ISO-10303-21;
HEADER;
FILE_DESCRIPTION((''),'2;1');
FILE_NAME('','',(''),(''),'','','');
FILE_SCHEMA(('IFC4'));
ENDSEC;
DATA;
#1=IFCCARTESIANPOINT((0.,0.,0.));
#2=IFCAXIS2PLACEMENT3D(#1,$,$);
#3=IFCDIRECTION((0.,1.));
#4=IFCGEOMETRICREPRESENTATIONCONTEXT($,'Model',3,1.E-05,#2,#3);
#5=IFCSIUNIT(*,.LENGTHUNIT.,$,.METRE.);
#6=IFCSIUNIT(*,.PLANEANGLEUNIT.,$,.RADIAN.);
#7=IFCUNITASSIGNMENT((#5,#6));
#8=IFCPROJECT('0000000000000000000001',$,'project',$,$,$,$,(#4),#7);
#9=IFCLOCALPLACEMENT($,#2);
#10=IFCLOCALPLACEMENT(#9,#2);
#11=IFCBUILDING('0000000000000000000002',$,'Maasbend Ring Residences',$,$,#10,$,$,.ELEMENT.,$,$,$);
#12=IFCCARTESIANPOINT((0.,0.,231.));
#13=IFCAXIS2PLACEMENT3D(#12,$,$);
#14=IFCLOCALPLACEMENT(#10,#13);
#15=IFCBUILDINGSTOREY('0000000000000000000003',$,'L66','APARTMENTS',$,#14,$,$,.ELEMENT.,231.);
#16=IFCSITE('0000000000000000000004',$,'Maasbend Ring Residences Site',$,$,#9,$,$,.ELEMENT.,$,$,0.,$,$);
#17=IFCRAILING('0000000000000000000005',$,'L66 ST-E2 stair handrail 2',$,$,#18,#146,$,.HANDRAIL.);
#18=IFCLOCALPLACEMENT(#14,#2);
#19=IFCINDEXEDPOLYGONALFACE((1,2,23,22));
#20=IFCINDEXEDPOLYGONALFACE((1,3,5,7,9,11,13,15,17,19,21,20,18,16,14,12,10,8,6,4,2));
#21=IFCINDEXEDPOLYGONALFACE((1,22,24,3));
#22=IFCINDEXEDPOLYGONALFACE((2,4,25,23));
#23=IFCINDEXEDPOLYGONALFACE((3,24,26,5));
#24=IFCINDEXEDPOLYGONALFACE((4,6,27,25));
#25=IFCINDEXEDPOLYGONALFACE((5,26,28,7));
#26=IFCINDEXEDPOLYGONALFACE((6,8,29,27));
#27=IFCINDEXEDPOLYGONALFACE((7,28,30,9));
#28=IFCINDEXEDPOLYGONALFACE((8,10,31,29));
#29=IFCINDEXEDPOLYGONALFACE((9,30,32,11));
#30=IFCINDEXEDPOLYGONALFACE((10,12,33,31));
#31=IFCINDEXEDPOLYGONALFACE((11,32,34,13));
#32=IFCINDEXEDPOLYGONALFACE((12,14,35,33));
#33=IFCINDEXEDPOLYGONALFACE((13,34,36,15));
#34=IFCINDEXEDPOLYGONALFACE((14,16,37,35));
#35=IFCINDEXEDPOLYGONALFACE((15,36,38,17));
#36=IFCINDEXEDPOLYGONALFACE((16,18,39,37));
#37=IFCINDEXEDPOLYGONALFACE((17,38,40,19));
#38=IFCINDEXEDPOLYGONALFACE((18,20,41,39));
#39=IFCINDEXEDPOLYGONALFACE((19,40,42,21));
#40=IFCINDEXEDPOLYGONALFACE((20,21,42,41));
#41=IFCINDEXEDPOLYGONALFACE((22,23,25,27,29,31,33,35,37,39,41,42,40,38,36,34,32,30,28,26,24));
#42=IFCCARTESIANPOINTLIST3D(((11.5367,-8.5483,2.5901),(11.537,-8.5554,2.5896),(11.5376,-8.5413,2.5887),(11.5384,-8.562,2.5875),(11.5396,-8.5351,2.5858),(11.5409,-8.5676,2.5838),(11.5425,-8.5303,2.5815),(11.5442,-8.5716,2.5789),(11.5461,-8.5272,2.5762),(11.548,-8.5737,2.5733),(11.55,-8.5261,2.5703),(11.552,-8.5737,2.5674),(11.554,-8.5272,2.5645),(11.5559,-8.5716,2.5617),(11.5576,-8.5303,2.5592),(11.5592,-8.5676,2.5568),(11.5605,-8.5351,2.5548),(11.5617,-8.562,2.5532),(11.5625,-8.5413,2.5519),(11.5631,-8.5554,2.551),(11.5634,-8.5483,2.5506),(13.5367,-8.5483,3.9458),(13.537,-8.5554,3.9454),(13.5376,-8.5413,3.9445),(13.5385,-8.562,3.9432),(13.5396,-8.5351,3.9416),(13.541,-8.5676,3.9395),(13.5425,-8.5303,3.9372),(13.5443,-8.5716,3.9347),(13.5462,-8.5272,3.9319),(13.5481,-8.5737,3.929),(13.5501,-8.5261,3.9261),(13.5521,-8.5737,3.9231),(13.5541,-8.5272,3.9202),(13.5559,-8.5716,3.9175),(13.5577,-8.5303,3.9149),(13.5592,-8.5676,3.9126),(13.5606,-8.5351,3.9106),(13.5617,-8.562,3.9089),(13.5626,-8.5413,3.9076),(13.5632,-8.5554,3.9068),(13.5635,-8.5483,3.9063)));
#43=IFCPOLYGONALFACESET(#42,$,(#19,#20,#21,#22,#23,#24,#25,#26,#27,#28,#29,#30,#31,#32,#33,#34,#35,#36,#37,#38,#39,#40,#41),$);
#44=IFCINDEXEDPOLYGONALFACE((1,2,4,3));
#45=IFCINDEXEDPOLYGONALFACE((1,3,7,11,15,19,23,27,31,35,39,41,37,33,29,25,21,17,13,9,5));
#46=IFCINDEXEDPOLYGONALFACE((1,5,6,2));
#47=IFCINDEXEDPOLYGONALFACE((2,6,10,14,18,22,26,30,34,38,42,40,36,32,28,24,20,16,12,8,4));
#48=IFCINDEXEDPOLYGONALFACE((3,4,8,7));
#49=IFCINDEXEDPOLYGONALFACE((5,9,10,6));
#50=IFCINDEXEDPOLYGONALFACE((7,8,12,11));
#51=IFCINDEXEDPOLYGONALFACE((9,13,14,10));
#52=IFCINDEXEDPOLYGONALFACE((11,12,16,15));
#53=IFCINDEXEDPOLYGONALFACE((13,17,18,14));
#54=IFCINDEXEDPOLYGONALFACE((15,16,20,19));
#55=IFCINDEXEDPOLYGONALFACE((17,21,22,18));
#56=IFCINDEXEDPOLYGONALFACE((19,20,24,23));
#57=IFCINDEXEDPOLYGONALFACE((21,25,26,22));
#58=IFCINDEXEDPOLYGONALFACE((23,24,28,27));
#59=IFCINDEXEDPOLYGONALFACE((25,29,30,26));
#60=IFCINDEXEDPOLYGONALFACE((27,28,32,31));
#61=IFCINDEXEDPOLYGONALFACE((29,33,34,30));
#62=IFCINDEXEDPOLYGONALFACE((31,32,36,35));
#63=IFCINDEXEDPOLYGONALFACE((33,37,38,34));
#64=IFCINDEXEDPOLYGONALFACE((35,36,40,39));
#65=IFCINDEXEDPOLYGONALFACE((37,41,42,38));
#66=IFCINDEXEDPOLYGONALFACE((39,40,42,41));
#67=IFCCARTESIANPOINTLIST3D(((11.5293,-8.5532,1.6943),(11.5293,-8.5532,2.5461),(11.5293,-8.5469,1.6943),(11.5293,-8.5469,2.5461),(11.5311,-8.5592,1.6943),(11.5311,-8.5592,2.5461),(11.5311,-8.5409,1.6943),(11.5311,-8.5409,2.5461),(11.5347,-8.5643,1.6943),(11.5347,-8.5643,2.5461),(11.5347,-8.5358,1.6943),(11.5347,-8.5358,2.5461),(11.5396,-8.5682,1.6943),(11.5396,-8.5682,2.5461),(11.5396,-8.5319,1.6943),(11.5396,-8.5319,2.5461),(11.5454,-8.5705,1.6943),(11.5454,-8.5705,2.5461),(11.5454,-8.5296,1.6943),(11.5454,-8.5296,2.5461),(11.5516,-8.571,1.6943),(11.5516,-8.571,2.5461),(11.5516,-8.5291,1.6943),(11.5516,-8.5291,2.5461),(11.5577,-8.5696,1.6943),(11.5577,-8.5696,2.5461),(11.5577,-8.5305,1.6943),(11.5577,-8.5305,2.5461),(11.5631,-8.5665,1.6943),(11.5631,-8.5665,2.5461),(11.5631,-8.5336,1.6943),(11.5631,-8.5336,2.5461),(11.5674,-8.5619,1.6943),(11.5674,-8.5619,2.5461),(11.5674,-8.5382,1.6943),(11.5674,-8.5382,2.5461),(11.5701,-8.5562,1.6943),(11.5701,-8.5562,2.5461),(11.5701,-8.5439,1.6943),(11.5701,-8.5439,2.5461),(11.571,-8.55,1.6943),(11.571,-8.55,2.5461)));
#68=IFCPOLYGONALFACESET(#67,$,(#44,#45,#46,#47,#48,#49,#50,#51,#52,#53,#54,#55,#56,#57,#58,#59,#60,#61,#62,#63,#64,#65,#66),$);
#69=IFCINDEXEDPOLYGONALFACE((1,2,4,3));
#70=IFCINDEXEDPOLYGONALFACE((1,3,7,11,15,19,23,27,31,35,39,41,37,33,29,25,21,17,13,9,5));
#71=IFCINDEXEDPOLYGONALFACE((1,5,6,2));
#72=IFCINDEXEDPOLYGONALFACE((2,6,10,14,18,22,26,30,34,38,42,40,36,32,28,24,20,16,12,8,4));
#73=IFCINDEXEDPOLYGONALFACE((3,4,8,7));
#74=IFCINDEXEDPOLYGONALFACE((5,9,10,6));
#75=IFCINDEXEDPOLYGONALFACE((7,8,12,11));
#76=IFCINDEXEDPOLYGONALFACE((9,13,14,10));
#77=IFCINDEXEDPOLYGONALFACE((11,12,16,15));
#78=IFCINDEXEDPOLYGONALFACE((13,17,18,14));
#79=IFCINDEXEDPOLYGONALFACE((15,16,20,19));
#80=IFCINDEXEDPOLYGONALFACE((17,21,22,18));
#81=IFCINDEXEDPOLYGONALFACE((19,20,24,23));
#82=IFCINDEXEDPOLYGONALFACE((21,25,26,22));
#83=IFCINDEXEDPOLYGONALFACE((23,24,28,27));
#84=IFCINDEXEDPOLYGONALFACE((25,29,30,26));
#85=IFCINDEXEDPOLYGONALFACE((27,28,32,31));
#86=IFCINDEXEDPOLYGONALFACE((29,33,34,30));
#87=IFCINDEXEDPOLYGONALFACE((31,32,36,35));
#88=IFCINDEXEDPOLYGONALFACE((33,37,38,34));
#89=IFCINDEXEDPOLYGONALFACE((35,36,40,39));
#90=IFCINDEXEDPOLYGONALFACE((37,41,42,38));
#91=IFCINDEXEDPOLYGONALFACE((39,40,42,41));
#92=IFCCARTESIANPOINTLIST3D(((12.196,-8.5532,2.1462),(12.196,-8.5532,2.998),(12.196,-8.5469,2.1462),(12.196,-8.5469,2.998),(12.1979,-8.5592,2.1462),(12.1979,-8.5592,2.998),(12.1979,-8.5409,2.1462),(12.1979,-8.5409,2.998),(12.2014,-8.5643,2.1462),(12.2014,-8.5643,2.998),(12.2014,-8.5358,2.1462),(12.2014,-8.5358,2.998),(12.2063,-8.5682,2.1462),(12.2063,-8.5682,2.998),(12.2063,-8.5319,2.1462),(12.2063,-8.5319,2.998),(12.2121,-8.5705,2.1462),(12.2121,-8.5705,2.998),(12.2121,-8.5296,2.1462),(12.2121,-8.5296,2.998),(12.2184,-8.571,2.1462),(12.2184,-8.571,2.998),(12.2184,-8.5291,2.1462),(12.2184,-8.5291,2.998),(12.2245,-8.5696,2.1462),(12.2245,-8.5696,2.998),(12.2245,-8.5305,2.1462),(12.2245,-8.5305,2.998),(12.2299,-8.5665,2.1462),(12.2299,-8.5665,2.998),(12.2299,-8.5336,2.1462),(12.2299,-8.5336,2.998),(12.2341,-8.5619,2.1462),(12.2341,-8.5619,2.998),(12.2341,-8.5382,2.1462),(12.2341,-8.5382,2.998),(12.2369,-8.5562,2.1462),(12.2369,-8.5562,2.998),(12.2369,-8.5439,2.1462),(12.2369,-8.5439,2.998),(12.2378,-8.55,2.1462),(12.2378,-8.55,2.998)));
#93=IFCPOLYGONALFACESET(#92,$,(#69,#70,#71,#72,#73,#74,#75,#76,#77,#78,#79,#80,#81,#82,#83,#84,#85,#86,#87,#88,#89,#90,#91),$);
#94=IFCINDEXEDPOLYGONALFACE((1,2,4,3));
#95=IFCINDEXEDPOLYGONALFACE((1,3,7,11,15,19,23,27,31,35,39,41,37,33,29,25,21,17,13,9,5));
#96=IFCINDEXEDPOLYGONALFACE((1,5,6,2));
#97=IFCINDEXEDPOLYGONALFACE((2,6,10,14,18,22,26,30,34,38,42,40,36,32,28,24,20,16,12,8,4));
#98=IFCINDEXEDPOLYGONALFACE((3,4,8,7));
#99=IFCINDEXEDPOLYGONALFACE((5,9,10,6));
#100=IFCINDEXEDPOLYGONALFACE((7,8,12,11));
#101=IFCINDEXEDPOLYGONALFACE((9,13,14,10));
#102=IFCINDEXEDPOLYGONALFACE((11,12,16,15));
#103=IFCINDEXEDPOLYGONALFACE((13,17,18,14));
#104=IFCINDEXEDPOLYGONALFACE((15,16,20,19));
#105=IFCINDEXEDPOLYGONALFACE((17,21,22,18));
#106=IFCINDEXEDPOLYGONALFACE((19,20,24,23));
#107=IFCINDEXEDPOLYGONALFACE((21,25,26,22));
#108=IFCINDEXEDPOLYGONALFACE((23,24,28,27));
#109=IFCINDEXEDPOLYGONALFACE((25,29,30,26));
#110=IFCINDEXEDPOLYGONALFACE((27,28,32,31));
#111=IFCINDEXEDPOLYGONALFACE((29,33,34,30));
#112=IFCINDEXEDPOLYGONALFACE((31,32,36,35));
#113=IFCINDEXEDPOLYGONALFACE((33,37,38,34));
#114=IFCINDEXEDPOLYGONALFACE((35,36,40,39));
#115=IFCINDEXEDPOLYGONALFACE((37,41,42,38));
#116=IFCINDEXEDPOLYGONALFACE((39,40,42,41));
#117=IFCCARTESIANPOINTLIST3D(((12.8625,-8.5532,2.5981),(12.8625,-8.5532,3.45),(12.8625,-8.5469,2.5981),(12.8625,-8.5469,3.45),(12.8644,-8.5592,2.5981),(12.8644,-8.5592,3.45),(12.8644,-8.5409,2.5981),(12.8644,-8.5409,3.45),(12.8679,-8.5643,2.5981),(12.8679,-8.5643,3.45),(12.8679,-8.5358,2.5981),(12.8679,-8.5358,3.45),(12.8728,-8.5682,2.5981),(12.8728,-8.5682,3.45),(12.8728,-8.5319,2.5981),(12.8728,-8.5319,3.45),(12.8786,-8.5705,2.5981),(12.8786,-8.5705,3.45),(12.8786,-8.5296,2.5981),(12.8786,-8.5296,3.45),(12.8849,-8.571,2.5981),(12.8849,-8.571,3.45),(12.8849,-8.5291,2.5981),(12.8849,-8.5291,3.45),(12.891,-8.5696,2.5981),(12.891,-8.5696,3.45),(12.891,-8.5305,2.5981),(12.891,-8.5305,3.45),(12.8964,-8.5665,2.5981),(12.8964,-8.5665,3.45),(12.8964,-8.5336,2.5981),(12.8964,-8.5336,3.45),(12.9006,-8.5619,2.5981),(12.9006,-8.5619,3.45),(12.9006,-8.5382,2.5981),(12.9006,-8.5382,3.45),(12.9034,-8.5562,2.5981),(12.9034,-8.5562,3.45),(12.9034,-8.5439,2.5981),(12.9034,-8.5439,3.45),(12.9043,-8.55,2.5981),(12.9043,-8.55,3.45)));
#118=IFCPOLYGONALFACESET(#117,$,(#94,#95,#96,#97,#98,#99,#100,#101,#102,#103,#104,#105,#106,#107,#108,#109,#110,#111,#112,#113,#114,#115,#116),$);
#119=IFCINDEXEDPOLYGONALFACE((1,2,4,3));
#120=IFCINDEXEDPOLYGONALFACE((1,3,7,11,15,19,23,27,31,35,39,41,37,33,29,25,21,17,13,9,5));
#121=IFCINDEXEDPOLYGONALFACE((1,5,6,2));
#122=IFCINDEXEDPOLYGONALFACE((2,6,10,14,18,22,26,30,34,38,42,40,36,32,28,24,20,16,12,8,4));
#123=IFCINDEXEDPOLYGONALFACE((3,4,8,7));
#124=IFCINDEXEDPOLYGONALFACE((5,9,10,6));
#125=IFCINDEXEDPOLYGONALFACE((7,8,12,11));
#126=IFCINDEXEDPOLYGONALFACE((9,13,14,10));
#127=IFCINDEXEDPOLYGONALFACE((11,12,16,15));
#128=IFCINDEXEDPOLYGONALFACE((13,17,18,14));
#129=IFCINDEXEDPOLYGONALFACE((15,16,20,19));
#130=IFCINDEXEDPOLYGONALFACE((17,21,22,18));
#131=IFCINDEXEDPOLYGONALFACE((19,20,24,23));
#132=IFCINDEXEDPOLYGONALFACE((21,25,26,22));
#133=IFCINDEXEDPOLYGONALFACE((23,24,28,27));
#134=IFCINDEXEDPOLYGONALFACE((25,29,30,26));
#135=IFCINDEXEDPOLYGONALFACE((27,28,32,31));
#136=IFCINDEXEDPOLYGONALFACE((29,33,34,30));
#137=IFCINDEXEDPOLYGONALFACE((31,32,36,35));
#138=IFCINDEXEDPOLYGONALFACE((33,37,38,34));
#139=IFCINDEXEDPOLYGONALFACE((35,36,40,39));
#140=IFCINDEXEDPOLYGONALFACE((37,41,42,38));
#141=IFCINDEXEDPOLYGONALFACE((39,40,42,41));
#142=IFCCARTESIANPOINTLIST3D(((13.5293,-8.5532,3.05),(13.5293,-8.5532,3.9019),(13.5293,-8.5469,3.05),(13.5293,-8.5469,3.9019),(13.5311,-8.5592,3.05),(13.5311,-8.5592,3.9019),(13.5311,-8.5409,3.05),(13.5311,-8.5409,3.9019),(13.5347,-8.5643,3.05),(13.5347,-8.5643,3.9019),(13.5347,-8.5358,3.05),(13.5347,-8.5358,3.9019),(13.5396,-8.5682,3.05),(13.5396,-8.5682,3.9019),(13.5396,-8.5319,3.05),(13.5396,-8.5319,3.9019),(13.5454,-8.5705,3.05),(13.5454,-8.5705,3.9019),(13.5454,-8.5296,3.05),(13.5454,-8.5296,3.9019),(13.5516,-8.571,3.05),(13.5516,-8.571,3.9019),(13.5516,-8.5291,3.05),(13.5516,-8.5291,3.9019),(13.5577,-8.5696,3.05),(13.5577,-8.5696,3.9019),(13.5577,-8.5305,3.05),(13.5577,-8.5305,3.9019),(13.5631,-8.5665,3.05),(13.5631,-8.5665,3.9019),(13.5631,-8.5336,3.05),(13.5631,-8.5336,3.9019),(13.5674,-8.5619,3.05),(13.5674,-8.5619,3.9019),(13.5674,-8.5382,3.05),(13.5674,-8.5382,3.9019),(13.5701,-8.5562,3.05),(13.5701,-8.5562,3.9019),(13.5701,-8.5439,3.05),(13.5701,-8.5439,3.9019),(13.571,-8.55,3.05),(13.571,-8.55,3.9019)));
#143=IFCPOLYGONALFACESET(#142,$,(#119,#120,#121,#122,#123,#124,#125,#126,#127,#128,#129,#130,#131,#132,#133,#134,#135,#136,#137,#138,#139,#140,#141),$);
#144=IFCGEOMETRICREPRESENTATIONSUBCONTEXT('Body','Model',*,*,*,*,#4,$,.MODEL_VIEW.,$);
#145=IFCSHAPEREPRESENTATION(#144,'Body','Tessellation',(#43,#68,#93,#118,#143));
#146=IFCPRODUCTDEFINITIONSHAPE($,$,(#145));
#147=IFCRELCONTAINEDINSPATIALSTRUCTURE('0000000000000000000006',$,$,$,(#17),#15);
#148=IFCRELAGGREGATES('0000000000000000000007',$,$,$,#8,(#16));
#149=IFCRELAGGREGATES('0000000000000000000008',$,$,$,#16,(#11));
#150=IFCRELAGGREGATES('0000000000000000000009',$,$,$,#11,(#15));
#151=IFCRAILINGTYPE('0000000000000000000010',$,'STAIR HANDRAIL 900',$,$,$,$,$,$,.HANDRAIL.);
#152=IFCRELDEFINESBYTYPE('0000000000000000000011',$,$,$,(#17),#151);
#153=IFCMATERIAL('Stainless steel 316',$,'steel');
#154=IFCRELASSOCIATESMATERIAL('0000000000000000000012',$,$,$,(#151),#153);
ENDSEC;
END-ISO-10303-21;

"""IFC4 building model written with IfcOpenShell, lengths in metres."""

from ifc_helpers import new_model, si_unit, direction, frame, origin, origin_2d, place, context, subcontext, project, spatial, circle, extrude, material, type_object, element, save


model = new_model("IFC4")

# Units and contexts
model_context = context("Model", 3, precision=1e-05, world=origin(), true_north=direction((0.0, 1.0)))
body_context = subcontext(model_context, "Body", "Model", "MODEL_VIEW")
ifc_project = project(units=[si_unit("LENGTHUNIT", "METRE"), si_unit("PLANEANGLEUNIT", "RADIAN")], contexts=[model_context])

# Site, building, storey
site_placement = place(None, origin())
site = spatial("IfcSite", under=ifc_project, at=site_placement, Name="Maasbend Ring Residences Site", CompositionType="ELEMENT", RefElevation=0.0)
building_placement = place(site_placement, origin())
building = spatial("IfcBuilding", under=site, at=building_placement, Name="Maasbend Ring Residences", CompositionType="ELEMENT")
storey_placement = place(building_placement, frame((0.0, 0.0, 231.0)))
storey = spatial("IfcBuildingStorey", under=building, at=storey_placement, Name="L66", Description="APARTMENTS", CompositionType="ELEMENT", Elevation=231.0)

# Railing
ifc_material_1 = material(Name="Stainless steel 316", Category="steel")
railing_type_1 = type_object("IfcRailingType", Name="STAIR HANDRAIL 900", PredefinedType="HANDRAIL", material=ifc_material_1)
railing_1_placement = place(storey_placement, frame((11.55, -8.55, 1.6943)))
element("IfcRailing", 1, at=railing_1_placement, inside=storey, type_object=railing_type_1, Name="L66 ST-E2 stair handrail 2", PredefinedType="HANDRAIL", context=body_context, shape_type="SweptSolid", body=[
    extrude(circle(Radius=0.0239, at=origin_2d()), frame((0.0, 0.0, 0.876), z_axis=(0.827751, 0.0, 0.561096), x_axis=(0.0, 1.0, 0.0)), (0.0, 0.0, 1.0), 2.4163),
    extrude(circle(Radius=0.021, at=origin_2d()), origin(), (0.0, 0.0, 1.0), 0.8518),
    extrude(circle(Radius=0.021, at=origin_2d()), frame((0.6667, 0.0, 0.4519)), (0.0, 0.0, 1.0), 0.8518),
    extrude(circle(Radius=0.021, at=origin_2d()), frame((1.3333, 0.0, 0.9038)), (0.0, 0.0, 1.0), 0.8518),
    extrude(circle(Radius=0.021, at=origin_2d()), frame((2.0, 0.0, 1.3557)), (0.0, 0.0, 1.0), 0.8518),
])

save(model, "model.ifc")
